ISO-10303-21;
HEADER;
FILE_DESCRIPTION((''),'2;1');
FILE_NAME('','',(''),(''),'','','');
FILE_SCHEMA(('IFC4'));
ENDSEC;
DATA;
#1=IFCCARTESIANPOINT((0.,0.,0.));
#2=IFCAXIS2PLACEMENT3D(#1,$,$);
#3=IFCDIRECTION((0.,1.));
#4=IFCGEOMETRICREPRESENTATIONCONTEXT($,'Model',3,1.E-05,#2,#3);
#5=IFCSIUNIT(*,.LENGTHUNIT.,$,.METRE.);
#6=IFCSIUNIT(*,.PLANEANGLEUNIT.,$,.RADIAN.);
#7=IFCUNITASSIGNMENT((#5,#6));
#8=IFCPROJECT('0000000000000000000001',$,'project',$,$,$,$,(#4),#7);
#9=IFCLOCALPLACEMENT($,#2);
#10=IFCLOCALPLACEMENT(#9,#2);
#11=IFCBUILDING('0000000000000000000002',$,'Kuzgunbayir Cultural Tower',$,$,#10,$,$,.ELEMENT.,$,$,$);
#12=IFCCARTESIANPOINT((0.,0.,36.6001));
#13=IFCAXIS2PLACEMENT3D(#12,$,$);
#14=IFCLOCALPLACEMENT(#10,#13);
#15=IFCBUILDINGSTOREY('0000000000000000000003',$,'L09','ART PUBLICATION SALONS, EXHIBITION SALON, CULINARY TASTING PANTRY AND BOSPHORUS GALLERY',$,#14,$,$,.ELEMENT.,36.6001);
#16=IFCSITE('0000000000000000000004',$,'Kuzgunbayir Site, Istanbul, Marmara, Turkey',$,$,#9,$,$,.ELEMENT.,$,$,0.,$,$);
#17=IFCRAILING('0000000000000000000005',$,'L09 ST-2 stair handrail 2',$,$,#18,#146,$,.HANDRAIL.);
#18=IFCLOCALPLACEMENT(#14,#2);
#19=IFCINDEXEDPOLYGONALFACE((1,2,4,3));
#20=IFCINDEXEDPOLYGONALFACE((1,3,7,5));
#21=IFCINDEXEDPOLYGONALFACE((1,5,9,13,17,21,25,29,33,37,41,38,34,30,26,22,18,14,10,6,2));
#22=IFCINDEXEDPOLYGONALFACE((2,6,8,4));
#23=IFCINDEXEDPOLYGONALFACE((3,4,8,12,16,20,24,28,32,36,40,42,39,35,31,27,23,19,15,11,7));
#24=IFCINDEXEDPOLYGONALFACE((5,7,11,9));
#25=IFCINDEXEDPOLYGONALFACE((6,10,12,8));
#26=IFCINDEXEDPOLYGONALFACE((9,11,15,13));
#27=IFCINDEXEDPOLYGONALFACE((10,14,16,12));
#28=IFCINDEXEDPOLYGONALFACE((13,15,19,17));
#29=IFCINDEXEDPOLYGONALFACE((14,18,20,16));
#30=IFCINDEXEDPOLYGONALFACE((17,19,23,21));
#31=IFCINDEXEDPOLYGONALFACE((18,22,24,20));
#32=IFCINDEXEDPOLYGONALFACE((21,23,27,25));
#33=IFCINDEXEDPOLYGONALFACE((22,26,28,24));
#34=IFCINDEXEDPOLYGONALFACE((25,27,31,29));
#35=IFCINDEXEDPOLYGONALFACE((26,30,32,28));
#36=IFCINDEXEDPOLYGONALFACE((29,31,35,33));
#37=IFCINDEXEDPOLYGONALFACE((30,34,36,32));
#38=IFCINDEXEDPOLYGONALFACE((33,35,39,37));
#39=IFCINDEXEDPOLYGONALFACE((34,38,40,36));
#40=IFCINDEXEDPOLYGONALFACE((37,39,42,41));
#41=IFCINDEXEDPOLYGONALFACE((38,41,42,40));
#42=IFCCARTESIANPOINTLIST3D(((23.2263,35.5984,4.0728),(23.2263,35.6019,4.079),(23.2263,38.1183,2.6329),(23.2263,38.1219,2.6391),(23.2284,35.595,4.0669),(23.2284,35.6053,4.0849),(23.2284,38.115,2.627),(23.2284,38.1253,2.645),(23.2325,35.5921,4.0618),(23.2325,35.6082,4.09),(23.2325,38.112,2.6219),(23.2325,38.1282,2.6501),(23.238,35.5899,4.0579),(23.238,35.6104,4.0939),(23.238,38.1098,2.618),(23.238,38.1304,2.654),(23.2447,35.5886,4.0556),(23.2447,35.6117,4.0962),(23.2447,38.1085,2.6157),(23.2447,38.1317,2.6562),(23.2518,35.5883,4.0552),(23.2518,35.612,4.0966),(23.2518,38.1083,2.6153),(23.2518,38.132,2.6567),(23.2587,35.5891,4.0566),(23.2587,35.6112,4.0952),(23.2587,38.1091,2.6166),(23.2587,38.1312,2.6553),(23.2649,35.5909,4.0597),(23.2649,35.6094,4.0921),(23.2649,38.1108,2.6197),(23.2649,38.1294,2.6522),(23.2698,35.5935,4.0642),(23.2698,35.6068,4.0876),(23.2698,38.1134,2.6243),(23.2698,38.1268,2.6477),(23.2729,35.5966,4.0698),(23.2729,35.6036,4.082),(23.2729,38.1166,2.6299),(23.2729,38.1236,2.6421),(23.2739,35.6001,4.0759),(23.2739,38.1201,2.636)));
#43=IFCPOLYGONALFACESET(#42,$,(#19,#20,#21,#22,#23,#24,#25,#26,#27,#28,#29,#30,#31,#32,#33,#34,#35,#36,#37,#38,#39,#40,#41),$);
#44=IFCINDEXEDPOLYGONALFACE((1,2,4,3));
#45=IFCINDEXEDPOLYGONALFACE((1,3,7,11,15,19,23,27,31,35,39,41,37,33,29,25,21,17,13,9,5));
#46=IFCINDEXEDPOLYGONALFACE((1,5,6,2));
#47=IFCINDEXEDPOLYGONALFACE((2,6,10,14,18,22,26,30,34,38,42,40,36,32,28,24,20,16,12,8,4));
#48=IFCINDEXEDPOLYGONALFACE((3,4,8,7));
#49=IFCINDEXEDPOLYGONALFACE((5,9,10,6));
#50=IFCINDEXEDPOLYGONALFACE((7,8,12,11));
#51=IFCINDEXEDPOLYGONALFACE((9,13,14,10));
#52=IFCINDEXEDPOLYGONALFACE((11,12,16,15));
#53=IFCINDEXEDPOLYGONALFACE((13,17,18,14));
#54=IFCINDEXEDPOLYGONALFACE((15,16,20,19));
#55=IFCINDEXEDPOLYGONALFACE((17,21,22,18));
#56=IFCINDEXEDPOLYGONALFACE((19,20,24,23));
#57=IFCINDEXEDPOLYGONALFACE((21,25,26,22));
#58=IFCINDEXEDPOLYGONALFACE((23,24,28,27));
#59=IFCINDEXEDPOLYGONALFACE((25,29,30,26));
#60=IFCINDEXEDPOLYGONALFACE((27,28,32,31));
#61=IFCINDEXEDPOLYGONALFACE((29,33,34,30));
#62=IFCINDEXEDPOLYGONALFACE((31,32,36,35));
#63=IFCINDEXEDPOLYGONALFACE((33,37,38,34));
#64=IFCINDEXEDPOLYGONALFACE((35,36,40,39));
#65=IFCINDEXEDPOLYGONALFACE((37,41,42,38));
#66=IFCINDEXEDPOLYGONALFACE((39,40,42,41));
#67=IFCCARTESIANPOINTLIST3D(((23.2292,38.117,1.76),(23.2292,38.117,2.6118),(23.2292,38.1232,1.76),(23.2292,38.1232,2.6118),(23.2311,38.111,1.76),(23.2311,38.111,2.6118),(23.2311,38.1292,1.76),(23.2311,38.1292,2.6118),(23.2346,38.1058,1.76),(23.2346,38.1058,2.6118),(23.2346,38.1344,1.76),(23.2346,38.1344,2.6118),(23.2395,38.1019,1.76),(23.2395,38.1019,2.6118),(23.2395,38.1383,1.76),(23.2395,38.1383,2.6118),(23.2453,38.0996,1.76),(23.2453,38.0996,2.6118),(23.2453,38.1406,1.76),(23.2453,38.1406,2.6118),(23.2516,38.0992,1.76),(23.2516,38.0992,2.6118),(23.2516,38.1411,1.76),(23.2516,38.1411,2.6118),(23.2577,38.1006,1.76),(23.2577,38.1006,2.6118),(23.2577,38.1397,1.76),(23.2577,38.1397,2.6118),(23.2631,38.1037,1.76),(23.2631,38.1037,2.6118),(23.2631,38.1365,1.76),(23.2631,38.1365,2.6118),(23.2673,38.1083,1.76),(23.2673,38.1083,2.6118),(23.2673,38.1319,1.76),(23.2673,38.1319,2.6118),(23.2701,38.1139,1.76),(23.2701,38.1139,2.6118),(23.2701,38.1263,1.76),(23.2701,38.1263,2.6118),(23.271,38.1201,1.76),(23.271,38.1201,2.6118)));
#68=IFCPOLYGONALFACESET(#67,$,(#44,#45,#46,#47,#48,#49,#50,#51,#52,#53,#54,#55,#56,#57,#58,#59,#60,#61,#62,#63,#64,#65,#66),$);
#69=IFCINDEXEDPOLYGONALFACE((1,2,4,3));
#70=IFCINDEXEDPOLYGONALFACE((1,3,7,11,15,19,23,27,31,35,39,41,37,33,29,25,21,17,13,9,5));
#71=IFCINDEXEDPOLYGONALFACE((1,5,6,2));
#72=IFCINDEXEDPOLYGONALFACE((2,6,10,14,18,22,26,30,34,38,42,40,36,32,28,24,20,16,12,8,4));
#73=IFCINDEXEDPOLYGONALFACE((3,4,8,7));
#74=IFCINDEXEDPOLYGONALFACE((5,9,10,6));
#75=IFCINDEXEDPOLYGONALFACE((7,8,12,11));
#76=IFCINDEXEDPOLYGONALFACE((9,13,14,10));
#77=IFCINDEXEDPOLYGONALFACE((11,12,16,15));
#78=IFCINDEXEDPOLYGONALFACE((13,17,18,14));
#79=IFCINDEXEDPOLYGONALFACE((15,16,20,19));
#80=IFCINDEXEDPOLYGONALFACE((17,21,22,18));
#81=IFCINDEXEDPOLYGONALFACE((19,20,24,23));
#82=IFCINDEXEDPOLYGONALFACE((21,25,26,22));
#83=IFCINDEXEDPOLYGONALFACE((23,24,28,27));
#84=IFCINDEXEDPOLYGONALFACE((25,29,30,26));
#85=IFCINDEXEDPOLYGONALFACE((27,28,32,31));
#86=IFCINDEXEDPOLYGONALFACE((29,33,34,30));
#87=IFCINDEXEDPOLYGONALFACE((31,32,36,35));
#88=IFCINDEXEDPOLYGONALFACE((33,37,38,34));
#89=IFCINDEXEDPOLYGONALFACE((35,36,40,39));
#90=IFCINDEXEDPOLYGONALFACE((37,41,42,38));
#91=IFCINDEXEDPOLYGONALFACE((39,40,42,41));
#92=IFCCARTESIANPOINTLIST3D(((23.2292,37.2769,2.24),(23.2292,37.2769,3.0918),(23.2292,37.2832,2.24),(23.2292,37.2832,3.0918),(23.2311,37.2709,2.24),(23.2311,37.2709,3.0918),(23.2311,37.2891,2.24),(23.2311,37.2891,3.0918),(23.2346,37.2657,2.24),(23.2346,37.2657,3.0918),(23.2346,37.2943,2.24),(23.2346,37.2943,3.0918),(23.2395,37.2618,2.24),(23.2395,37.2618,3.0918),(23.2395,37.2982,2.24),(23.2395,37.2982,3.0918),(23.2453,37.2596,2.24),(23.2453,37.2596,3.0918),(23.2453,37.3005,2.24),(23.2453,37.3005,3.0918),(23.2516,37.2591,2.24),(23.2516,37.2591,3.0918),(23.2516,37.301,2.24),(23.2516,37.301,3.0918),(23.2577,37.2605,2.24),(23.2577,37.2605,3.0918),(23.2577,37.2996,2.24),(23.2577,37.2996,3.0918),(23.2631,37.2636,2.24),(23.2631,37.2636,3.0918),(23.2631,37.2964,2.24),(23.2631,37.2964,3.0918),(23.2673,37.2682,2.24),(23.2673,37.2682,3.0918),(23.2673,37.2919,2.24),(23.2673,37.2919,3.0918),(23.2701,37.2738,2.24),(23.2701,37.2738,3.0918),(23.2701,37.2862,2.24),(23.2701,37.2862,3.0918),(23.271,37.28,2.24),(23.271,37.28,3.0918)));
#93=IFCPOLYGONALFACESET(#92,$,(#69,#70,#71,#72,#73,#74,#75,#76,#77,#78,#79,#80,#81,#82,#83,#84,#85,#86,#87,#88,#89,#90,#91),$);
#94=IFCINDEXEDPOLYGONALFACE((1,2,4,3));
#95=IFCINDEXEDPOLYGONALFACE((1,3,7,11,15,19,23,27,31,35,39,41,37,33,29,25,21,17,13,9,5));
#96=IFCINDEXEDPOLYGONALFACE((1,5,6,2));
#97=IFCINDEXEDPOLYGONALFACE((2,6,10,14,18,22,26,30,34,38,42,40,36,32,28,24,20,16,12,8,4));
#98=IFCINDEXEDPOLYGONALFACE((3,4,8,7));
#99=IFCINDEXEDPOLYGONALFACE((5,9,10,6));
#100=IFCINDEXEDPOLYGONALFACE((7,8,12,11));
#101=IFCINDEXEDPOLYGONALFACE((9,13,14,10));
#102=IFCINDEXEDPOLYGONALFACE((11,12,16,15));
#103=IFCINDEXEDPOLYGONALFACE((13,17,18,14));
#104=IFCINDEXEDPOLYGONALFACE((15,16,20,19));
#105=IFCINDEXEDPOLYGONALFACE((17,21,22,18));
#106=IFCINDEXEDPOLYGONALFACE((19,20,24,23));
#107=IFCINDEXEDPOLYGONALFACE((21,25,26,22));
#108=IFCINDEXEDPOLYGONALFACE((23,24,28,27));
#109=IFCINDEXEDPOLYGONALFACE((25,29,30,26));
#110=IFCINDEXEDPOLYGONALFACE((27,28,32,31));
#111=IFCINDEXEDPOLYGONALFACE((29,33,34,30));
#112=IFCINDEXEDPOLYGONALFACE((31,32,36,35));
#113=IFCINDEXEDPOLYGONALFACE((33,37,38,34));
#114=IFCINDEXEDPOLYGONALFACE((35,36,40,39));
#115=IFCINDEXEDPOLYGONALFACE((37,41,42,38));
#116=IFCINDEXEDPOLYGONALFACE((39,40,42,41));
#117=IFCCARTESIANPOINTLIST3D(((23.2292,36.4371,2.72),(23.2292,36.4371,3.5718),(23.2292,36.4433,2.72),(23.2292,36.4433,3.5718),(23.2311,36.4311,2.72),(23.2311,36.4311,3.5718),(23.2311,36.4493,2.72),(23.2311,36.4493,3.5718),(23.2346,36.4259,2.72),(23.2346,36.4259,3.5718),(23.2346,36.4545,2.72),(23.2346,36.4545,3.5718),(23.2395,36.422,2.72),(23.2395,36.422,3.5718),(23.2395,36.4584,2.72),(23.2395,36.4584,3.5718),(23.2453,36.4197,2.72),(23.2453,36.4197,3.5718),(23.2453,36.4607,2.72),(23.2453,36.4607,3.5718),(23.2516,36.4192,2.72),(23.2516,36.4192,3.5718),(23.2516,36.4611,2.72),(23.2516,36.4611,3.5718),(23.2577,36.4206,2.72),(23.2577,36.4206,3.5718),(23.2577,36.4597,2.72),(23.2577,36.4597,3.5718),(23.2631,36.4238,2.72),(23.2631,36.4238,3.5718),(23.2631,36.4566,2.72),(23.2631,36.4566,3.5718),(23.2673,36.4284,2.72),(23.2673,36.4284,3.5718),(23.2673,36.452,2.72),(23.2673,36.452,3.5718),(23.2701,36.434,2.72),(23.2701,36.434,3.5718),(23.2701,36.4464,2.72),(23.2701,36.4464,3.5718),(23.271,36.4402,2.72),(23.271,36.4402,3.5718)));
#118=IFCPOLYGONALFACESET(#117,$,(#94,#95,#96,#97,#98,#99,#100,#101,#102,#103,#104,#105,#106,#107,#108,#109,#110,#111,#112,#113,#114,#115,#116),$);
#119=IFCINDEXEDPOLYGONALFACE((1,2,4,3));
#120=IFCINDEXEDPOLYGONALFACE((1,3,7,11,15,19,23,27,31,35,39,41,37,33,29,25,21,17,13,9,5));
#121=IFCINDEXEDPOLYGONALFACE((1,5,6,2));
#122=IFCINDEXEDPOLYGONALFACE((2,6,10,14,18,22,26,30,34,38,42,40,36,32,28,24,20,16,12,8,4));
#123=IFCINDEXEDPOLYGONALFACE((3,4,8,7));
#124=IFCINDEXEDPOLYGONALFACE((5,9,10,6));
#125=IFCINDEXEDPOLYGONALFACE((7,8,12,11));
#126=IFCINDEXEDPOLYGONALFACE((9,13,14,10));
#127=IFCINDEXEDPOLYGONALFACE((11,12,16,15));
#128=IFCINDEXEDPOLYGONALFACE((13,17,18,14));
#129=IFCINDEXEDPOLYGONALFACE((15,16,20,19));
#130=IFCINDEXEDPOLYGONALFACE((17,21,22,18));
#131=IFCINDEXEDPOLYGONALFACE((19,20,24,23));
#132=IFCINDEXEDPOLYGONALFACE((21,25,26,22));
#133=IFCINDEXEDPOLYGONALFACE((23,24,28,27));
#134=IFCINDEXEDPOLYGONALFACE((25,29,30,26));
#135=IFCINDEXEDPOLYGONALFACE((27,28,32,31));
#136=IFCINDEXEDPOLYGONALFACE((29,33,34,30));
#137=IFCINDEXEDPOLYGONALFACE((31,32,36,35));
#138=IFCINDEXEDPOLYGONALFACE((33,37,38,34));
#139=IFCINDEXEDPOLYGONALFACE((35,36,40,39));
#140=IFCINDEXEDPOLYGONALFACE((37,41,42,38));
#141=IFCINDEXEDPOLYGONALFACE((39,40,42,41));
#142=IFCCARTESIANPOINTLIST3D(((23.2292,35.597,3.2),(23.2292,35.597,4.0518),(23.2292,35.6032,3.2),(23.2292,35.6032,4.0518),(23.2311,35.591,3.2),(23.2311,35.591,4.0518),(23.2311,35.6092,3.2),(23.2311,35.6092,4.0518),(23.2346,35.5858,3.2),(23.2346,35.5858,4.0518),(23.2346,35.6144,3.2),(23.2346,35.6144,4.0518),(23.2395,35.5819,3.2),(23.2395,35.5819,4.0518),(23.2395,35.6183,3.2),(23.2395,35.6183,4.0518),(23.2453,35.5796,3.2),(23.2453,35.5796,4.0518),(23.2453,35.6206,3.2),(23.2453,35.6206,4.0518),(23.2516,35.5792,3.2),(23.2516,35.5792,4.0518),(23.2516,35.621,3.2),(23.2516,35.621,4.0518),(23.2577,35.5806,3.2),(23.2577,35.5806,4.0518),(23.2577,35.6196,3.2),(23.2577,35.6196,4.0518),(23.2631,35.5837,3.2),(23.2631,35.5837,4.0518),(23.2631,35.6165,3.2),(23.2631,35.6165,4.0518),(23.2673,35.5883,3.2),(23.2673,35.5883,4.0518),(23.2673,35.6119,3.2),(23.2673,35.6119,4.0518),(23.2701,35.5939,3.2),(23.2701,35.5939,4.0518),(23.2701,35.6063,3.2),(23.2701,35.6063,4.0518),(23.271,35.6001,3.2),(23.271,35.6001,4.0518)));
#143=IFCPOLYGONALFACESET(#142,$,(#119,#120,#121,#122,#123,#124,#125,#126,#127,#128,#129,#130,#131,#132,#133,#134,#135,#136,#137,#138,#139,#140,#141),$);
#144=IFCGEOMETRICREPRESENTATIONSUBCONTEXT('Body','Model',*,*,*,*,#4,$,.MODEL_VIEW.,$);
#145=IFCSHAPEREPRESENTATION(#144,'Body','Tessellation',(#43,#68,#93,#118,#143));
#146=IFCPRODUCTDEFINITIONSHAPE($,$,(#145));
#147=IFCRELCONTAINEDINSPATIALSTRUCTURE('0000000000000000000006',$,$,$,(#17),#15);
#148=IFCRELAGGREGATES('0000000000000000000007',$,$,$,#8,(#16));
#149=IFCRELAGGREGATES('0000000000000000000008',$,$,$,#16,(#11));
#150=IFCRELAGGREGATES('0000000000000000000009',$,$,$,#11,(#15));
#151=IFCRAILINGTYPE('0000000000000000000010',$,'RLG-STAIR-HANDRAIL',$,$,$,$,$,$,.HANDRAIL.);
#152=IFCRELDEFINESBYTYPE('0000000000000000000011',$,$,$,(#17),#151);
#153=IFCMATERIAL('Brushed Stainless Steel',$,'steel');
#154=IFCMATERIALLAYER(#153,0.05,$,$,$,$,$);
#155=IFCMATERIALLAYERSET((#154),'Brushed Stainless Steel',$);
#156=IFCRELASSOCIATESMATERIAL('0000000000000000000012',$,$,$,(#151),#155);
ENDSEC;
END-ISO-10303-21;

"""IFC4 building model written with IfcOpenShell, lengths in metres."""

from ifc_helpers import new_model, si_unit, direction, frame, origin, origin_2d, place, context, subcontext, project, spatial, circle, extrude, material, layer, layer_set, type_object, element, save


model = new_model("IFC4")

# Units and contexts
model_context = context("Model", 3, precision=1e-05, world=origin(), true_north=direction((0.0, 1.0)))
body_context = subcontext(model_context, "Body", "Model", "MODEL_VIEW")
ifc_project = project(units=[si_unit("LENGTHUNIT", "METRE"), si_unit("PLANEANGLEUNIT", "RADIAN")], contexts=[model_context])

# Site, building, storey
site_placement = place(None, origin())
site = spatial("IfcSite", under=ifc_project, at=site_placement, Name="Kuzgunbayir Site, Istanbul, Marmara, Turkey", CompositionType="ELEMENT", RefElevation=0.0)
building_placement = place(site_placement, origin())
building = spatial("IfcBuilding", under=site, at=building_placement, Name="Kuzgunbayir Cultural Tower", CompositionType="ELEMENT")
storey_placement = place(building_placement, frame((0.0, 0.0, 36.6001)))
storey = spatial("IfcBuildingStorey", under=building, at=storey_placement, Name="L09", Description="ART PUBLICATION SALONS, EXHIBITION SALON, CULINARY TASTING PANTRY AND BOSPHORUS GALLERY", CompositionType="ELEMENT", Elevation=36.6001)

# Shared definitions
ifc_material_1 = material(Name="Brushed Stainless Steel", Category="steel")

# Railing
ifc_layer_1 = layer(ifc_material_1, 0.05)
ifc_layer_set_1 = layer_set([ifc_layer_1], Name="Brushed Stainless Steel")
railing_type_1 = type_object("IfcRailingType", Name="RLG-STAIR-HANDRAIL", PredefinedType="HANDRAIL", material=ifc_layer_set_1)
railing_1_placement = place(storey_placement, frame((23.25, 38.1201, 1.76)))
element("IfcRailing", 1, at=railing_1_placement, inside=storey, type_object=railing_type_1, Name="L09 ST-2 stair handrail 2", PredefinedType="HANDRAIL", context=body_context, shape_type="SweptSolid", body=[
    extrude(circle(Radius=0.0239, at=origin_2d()), frame((0.0, 0.0, 0.876), z_axis=(0.0, -0.868253, 0.496121), x_axis=(1.0, 0.0, 0.0)), (0.0, 0.0, 1.0), 2.9023),
    extrude(circle(Radius=0.021, at=origin_2d()), origin(), (0.0, 0.0, 1.0), 0.8518),
    extrude(circle(Radius=0.021, at=origin_2d()), frame((0.0, -0.8401, 0.48)), (0.0, 0.0, 1.0), 0.8518),
    extrude(circle(Radius=0.021, at=origin_2d()), frame((0.0, -1.6799, 0.96)), (0.0, 0.0, 1.0), 0.8518),
    extrude(circle(Radius=0.021, at=origin_2d()), frame((0.0, -2.52, 1.4399)), (0.0, 0.0, 1.0), 0.8518),
])

save(model, "model.ifc")
